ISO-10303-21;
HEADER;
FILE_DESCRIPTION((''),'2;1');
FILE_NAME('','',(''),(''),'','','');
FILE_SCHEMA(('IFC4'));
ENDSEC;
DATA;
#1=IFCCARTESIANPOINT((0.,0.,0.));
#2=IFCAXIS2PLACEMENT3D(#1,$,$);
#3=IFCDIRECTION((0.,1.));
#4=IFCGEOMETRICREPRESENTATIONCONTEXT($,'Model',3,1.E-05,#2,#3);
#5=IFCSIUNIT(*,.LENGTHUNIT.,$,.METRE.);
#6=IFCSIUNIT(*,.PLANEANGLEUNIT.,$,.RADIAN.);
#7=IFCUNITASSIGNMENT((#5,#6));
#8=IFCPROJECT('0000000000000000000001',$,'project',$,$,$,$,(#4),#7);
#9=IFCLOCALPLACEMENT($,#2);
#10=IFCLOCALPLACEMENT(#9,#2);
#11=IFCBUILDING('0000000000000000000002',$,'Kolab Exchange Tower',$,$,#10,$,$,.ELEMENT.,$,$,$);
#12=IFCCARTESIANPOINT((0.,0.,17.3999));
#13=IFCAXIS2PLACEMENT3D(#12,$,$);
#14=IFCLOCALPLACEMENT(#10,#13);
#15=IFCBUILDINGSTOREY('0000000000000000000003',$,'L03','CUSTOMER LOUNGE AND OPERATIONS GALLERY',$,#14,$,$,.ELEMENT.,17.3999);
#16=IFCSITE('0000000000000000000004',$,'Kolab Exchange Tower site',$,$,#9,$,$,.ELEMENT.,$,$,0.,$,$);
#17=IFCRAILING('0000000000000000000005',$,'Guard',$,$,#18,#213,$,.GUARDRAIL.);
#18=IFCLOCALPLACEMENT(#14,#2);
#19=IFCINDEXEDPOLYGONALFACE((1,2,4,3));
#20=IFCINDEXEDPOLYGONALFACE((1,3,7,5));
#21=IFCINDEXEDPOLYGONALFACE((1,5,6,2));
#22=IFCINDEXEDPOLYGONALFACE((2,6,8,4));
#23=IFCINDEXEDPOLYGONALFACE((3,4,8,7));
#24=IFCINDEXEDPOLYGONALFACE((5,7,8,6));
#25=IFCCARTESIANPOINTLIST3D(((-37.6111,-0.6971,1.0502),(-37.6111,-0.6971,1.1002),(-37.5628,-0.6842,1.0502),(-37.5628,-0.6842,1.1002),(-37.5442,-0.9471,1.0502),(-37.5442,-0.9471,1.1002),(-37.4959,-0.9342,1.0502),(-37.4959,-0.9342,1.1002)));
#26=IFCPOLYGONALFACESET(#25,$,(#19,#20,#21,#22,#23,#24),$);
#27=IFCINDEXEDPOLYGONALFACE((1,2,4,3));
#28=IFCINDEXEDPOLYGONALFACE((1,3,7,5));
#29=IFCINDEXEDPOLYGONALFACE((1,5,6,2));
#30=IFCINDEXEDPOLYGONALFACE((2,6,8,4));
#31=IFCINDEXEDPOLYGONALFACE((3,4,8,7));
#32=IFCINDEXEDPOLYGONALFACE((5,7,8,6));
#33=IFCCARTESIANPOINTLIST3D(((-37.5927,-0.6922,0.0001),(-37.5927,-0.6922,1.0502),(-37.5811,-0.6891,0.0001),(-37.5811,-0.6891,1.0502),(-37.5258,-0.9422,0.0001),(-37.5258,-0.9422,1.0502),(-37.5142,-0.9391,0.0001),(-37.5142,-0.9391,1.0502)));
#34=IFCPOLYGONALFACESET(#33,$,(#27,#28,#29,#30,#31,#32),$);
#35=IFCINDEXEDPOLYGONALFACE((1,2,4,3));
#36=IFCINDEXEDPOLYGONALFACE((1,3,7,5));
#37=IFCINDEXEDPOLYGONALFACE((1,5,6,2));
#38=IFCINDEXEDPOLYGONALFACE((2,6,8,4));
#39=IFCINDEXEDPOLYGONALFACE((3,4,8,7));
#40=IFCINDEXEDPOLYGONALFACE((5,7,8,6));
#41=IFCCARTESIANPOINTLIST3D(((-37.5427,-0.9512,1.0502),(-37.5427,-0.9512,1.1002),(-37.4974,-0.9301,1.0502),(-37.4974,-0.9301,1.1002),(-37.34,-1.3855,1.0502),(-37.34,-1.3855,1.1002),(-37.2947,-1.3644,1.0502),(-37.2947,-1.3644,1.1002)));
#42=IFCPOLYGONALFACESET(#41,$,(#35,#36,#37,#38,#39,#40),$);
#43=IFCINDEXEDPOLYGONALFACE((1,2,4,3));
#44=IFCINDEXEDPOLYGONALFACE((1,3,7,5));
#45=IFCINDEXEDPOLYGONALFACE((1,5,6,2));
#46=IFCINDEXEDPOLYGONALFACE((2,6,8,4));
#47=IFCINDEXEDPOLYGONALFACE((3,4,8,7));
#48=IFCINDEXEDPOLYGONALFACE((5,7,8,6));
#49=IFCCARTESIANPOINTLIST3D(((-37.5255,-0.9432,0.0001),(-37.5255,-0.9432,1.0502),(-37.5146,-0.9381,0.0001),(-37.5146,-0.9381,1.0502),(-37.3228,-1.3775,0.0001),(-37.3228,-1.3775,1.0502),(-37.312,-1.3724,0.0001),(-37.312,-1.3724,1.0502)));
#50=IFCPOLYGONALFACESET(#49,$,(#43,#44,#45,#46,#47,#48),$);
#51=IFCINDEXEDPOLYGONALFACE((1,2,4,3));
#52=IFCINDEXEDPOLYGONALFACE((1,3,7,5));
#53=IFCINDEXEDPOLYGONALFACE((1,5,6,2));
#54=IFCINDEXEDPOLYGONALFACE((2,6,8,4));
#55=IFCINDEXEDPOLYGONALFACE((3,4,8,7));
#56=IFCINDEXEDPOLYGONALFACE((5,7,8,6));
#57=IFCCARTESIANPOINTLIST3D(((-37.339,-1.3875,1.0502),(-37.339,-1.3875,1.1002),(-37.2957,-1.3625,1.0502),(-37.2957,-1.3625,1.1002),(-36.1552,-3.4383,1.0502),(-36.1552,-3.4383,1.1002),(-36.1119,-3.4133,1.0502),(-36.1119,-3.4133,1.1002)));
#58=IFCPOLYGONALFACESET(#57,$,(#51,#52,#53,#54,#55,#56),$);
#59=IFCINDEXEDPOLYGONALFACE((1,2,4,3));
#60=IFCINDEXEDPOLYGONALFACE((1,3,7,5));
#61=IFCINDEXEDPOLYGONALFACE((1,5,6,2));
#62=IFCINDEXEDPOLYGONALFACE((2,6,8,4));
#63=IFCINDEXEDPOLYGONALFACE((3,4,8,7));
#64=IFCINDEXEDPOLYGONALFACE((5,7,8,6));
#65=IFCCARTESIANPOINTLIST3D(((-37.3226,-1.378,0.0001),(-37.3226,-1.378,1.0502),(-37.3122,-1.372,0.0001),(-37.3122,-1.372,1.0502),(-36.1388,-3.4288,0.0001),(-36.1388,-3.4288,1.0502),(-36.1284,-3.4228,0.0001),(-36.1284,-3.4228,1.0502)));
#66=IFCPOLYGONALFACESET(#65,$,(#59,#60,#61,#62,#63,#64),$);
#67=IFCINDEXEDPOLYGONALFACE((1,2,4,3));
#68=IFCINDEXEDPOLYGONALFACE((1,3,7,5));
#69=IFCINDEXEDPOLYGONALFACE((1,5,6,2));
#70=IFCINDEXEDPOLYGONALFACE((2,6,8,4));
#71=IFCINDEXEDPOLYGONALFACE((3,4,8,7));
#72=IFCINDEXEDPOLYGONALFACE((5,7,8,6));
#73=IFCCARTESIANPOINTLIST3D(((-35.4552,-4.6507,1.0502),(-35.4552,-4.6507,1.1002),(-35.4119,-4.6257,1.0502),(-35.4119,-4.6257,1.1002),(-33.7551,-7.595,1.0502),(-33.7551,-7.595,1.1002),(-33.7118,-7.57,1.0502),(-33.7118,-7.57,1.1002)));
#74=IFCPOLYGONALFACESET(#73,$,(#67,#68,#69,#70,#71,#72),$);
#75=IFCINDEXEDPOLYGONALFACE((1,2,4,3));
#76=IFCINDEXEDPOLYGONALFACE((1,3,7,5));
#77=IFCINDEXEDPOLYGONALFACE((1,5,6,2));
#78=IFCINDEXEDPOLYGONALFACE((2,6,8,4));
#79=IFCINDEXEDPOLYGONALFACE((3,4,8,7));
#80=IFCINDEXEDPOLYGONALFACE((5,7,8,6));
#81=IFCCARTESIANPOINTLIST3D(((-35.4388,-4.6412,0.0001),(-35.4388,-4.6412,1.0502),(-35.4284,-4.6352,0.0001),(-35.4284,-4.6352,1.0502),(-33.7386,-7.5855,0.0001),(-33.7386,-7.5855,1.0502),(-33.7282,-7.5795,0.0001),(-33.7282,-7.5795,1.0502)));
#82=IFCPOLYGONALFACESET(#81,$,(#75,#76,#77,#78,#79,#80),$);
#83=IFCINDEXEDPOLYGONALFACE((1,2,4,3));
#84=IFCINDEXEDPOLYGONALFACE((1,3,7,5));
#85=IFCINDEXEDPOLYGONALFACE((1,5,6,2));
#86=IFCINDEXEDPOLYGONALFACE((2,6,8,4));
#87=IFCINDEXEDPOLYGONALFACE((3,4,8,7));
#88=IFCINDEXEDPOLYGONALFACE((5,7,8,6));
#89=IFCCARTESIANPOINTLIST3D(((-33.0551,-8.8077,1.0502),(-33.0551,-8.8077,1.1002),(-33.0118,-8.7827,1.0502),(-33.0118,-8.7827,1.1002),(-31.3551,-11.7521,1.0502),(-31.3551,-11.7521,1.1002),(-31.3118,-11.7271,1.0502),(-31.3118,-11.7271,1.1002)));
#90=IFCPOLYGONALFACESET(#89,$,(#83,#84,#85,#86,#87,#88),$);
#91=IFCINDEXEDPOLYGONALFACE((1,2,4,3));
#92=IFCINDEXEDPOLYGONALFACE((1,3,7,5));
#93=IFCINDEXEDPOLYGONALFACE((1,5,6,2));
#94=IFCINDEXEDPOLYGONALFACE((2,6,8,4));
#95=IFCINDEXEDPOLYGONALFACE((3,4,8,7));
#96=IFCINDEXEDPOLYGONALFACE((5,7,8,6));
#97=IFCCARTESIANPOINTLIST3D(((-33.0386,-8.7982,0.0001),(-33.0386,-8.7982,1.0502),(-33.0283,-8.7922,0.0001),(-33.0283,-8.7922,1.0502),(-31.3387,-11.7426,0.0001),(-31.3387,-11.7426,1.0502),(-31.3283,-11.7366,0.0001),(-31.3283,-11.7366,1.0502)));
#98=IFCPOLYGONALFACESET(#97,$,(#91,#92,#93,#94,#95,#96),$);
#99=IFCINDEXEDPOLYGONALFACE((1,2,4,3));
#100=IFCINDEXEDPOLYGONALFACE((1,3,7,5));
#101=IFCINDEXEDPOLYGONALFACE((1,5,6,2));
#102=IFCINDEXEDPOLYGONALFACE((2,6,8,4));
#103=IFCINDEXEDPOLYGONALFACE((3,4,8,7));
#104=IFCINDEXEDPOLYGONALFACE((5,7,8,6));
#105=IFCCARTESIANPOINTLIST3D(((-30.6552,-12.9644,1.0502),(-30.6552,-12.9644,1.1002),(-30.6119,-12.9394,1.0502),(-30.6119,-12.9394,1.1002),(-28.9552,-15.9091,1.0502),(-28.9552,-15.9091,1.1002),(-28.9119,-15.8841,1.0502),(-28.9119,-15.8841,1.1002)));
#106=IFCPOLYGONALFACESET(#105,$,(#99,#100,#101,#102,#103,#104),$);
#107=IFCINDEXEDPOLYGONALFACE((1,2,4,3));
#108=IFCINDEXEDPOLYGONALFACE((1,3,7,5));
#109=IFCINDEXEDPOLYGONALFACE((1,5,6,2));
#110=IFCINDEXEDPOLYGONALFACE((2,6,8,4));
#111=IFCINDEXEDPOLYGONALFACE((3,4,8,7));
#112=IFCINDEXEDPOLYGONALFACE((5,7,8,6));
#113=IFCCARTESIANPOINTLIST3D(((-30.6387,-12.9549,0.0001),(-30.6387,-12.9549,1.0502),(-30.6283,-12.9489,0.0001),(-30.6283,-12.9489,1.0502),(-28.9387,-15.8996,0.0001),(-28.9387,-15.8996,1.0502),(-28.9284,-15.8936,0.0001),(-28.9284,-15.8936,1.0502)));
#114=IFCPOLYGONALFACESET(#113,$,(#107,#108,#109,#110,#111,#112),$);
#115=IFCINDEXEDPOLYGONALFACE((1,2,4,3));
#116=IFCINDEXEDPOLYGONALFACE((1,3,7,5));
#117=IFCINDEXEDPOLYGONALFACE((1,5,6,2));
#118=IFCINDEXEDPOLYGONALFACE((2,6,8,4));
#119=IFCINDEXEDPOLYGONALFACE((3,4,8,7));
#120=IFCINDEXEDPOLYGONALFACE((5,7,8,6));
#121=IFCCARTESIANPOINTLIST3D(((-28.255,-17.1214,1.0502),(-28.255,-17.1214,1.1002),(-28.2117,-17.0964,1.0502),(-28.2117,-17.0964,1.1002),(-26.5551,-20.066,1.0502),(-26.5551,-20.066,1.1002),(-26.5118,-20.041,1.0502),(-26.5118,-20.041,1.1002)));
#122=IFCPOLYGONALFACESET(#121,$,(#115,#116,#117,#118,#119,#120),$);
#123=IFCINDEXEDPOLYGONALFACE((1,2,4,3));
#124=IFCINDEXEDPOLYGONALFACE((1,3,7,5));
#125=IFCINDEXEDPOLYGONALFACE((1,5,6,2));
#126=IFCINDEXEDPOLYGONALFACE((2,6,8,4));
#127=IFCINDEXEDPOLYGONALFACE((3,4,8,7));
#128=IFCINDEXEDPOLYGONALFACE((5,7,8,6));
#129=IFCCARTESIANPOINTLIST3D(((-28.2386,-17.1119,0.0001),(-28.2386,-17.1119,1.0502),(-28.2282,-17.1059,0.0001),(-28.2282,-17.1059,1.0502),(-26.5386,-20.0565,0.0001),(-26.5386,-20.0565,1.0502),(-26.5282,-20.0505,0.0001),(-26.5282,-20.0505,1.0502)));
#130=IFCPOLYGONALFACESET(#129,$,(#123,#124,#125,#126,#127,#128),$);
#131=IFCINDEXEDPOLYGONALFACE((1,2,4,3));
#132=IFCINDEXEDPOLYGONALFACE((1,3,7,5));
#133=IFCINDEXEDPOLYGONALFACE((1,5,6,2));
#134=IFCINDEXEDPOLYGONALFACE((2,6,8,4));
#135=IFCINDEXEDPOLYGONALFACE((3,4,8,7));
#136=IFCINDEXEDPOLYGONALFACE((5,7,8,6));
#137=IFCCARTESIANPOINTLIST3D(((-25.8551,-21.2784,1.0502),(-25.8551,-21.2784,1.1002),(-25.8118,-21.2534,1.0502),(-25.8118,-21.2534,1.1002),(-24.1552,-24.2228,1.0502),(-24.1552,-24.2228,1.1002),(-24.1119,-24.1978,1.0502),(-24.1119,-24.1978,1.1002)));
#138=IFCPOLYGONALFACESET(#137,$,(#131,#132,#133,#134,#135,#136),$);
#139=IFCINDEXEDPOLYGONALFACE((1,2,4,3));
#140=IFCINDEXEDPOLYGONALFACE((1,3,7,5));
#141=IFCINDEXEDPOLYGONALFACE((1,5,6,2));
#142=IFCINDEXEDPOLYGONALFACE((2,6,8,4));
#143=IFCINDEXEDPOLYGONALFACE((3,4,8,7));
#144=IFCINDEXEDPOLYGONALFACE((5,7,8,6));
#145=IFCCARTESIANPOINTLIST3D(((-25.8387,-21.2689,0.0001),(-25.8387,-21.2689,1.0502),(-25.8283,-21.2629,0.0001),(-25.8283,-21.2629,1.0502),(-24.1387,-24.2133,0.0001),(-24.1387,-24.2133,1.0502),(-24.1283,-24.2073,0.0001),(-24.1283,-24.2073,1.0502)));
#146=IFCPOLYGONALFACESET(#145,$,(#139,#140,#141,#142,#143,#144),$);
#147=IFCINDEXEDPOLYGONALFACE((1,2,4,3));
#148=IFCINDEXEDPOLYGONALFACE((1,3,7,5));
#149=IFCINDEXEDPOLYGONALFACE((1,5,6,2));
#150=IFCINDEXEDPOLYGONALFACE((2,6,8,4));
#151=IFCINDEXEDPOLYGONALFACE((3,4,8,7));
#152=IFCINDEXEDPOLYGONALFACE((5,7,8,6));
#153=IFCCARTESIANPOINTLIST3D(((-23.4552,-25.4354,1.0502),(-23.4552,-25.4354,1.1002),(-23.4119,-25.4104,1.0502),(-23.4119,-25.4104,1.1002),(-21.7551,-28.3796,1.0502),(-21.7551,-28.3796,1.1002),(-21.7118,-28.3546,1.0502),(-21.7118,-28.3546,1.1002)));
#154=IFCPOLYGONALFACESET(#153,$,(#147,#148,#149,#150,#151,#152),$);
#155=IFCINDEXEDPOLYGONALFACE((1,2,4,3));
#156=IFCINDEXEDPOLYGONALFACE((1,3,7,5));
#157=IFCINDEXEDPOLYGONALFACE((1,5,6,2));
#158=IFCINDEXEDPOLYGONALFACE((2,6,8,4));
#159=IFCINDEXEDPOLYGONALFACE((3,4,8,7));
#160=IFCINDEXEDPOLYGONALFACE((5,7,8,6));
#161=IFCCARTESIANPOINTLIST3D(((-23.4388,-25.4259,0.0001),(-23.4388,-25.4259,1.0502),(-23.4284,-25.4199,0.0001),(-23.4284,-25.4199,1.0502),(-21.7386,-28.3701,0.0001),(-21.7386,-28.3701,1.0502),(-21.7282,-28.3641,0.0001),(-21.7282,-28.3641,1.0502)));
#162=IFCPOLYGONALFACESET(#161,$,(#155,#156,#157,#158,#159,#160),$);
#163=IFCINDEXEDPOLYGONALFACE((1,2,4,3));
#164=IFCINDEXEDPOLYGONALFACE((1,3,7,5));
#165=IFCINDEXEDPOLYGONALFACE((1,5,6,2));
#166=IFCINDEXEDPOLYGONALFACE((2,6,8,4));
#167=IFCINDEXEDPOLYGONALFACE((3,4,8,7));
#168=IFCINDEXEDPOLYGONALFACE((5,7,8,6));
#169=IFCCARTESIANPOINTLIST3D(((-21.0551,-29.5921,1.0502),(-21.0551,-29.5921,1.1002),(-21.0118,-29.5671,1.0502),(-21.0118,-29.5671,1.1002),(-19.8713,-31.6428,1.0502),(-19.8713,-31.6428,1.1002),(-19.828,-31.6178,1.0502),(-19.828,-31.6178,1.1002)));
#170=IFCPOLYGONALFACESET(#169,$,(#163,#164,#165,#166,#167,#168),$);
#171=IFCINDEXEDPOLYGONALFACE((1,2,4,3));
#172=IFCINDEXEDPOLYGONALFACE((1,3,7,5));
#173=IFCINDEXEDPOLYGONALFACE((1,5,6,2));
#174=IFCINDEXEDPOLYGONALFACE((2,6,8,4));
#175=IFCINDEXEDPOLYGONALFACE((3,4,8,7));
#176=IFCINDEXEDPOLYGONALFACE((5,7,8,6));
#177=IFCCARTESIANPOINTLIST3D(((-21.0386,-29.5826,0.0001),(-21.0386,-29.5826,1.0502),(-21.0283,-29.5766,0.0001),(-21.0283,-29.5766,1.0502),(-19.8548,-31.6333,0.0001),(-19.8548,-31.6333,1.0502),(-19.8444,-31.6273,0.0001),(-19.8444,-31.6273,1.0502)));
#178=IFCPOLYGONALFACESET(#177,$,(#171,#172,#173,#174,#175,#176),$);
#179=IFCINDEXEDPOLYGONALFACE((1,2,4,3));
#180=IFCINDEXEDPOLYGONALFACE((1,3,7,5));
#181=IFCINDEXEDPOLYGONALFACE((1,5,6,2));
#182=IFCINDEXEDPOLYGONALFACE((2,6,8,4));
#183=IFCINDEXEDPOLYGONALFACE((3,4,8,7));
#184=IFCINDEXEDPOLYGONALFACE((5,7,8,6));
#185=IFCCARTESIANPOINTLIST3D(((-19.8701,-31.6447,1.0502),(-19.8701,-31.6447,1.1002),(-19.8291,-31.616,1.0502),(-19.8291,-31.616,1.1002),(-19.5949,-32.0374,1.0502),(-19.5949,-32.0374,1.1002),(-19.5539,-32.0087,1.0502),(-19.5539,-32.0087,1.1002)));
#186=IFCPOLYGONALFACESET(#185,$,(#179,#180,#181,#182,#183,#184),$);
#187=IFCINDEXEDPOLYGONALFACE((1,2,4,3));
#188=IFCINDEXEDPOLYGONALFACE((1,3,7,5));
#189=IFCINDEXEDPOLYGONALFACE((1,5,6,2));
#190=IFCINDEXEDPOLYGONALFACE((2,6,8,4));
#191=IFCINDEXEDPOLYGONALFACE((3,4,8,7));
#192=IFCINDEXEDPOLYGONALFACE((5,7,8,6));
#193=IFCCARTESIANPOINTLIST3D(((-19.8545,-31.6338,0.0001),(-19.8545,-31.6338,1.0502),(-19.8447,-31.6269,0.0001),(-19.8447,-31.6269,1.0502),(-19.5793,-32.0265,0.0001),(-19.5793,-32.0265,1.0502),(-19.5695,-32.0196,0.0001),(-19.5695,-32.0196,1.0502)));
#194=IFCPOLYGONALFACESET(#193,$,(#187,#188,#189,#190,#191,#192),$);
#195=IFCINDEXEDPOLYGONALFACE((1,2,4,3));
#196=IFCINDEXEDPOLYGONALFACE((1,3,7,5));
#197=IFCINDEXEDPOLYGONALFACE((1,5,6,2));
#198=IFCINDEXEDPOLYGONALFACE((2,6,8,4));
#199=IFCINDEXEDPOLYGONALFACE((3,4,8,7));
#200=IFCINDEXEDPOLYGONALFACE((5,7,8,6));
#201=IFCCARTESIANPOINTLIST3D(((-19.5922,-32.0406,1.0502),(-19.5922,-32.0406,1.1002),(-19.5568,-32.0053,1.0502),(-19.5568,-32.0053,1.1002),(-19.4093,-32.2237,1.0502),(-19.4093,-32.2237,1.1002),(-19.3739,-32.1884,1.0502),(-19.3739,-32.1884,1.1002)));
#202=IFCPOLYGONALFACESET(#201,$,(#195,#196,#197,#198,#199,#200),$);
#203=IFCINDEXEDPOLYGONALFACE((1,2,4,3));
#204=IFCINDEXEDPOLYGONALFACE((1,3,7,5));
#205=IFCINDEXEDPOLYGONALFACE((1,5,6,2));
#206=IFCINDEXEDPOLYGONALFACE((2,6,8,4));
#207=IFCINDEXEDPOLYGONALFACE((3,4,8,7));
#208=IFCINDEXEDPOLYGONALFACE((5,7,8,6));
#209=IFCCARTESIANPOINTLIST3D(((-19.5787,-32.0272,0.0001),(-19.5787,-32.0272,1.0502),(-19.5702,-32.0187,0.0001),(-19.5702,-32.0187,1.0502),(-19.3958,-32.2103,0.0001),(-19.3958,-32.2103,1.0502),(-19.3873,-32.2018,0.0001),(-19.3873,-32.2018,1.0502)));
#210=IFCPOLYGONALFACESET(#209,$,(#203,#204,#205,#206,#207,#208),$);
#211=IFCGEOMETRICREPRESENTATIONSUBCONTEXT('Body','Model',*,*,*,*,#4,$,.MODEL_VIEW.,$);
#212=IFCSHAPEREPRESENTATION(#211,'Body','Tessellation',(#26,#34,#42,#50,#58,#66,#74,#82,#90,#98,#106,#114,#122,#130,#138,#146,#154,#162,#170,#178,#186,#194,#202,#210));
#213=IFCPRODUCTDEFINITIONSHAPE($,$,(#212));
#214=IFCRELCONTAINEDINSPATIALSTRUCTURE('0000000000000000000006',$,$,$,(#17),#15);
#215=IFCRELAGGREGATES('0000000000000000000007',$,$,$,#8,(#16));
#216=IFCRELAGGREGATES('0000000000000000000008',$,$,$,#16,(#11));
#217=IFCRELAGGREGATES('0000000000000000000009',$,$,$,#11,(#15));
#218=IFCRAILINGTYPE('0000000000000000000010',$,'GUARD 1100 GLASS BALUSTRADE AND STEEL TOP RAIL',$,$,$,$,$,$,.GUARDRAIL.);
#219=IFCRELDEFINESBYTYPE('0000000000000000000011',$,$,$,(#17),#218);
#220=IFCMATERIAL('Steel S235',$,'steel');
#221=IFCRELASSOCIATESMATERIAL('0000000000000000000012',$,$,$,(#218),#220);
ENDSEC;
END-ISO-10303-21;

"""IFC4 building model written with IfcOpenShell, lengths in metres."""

from ifc_helpers import new_model, si_unit, direction, frame, frame_2d, origin, origin_2d, place, context, subcontext, project, spatial, rectangle, extrude, material, type_object, element, save


model = new_model("IFC4")

# Units and contexts
model_context = context("Model", 3, precision=1e-05, world=origin(), true_north=direction((0.0, 1.0)))
body_context = subcontext(model_context, "Body", "Model", "MODEL_VIEW")
ifc_project = project(units=[si_unit("LENGTHUNIT", "METRE"), si_unit("PLANEANGLEUNIT", "RADIAN")], contexts=[model_context])

# Site, building, storey
site_placement = place(None, origin())
site = spatial("IfcSite", under=ifc_project, at=site_placement, Name="Kolab Exchange Tower site", CompositionType="ELEMENT", RefElevation=0.0)
building_placement = place(site_placement, origin())
building = spatial("IfcBuilding", under=site, at=building_placement, Name="Kolab Exchange Tower", CompositionType="ELEMENT")
storey_placement = place(building_placement, frame((0.0, 0.0, 17.3999)))
storey = spatial("IfcBuildingStorey", under=building, at=storey_placement, Name="L03", Description="CUSTOMER LOUNGE AND OPERATIONS GALLERY", CompositionType="ELEMENT", Elevation=17.3999)

# Railing
ifc_material_1 = material(Name="Steel S235", Category="steel")
railing_type = type_object("IfcRailingType", Name="GUARD 1100 GLASS BALUSTRADE AND STEEL TOP RAIL", PredefinedType="GUARDRAIL", material=ifc_material_1)
railing_placement = place(storey_placement, frame((-37.5869, -0.6907, 0.0)))
element("IfcRailing", 1, at=railing_placement, inside=storey, type_object=railing_type, Name="Guard", PredefinedType="GUARDRAIL", context=body_context, shape_type="SweptSolid", body=[
    extrude(rectangle(XDim=0.05, YDim=0.05, at=origin_2d()), frame((0.0, 0.0, 1.0752), z_axis=(0.258485, -0.966015, 0.0), x_axis=(0.966015, 0.258485, 0.0)), (0.0, 0.0, 1.0), 0.2588),
    extrude(rectangle(XDim=0.012, YDim=1.0501, at=frame_2d((0.0, 0.5251))), frame((0.0, 0.0, 0.0), z_axis=(0.258485, -0.966015, 0.0), x_axis=(0.966015, 0.258485, 0.0)), (0.0, 0.0, 1.0), 0.2588),
    extrude(rectangle(XDim=0.05, YDim=0.05, at=origin_2d()), frame((0.0669, -0.25, 1.0752), z_axis=(0.422802, -0.906222, 0.0), x_axis=(0.906222, 0.422802, 0.0)), (0.0, 0.0, 1.0), 0.4792),
    extrude(rectangle(XDim=0.012, YDim=1.0501, at=frame_2d((0.0, 0.5251))), frame((0.0669, -0.25, 0.0), z_axis=(0.422802, -0.906222, 0.0), x_axis=(0.906222, 0.422802, 0.0)), (0.0, 0.0, 1.0), 0.4792),
    extrude(rectangle(XDim=0.05, YDim=0.05, at=origin_2d()), frame((0.2695, -0.6843, 1.0752), z_axis=(0.499943, -0.866059, 0.0), x_axis=(0.866059, 0.499943, 0.0)), (0.0, 0.0, 1.0), 2.3679),
    extrude(rectangle(XDim=0.012, YDim=1.0501, at=frame_2d((0.0, 0.5251))), frame((0.2695, -0.6843, 0.0), z_axis=(0.499943, -0.866059, 0.0), x_axis=(0.866059, 0.499943, 0.0)), (0.0, 0.0, 1.0), 2.3679),
    extrude(rectangle(XDim=0.05, YDim=0.05, at=origin_2d()), frame((2.1533, -3.9475, 1.0752), z_axis=(0.500062, -0.865989, 0.0), x_axis=(0.865989, 0.500062, 0.0)), (0.0, 0.0, 1.0), 3.3999),
    extrude(rectangle(XDim=0.012, YDim=1.0501, at=frame_2d((0.0, 0.5251))), frame((2.1533, -3.9475, 0.0), z_axis=(0.500062, -0.865989, 0.0), x_axis=(0.865989, 0.500062, 0.0)), (0.0, 0.0, 1.0), 3.3999),
    extrude(rectangle(XDim=0.05, YDim=0.05, at=origin_2d()), frame((4.5535, -8.1045, 1.0752), z_axis=(0.500008, -0.866021, 0.0), x_axis=(0.866021, 0.500008, 0.0)), (0.0, 0.0, 1.0), 3.3999),
    extrude(rectangle(XDim=0.012, YDim=1.0501, at=frame_2d((0.0, 0.5251))), frame((4.5535, -8.1045, 0.0), z_axis=(0.500008, -0.866021, 0.0), x_axis=(0.866021, 0.500008, 0.0)), (0.0, 0.0, 1.0), 3.3999),
    extrude(rectangle(XDim=0.05, YDim=0.05, at=origin_2d()), frame((6.9534, -12.2612, 1.0752), z_axis=(0.499977, -0.866039, 0.0), x_axis=(0.866039, 0.499977, 0.0)), (0.0, 0.0, 1.0), 3.4001),
    extrude(rectangle(XDim=0.012, YDim=1.0501, at=frame_2d((0.0, 0.5251))), frame((6.9534, -12.2612, 0.0), z_axis=(0.499977, -0.866039, 0.0), x_axis=(0.866039, 0.499977, 0.0)), (0.0, 0.0, 1.0), 3.4001),
    extrude(rectangle(XDim=0.05, YDim=0.05, at=origin_2d()), frame((9.3535, -16.4182, 1.0752), z_axis=(0.499977, -0.866039, 0.0), x_axis=(0.866039, 0.499977, 0.0)), (0.0, 0.0, 1.0), 3.4001),
    extrude(rectangle(XDim=0.012, YDim=1.0501, at=frame_2d((0.0, 0.5251))), frame((9.3535, -16.4182, 0.0), z_axis=(0.499977, -0.866039, 0.0), x_axis=(0.866039, 0.499977, 0.0)), (0.0, 0.0, 1.0), 3.4001),
    extrude(rectangle(XDim=0.05, YDim=0.05, at=origin_2d()), frame((11.7534, -20.5752, 1.0752), z_axis=(0.500008, -0.866021, 0.0), x_axis=(0.866021, 0.500008, 0.0)), (0.0, 0.0, 1.0), 3.3999),
    extrude(rectangle(XDim=0.012, YDim=1.0501, at=frame_2d((0.0, 0.5251))), frame((11.7534, -20.5752, 0.0), z_axis=(0.500008, -0.866021, 0.0), x_axis=(0.866021, 0.500008, 0.0)), (0.0, 0.0, 1.0), 3.3999),
    extrude(rectangle(XDim=0.05, YDim=0.05, at=origin_2d()), frame((14.1533, -24.7322, 1.0752), z_axis=(0.500062, -0.865989, 0.0), x_axis=(0.865989, 0.500062, 0.0)), (0.0, 0.0, 1.0), 3.3999),
    extrude(rectangle(XDim=0.012, YDim=1.0501, at=frame_2d((0.0, 0.5251))), frame((14.1533, -24.7322, 0.0), z_axis=(0.500062, -0.865989, 0.0), x_axis=(0.865989, 0.500062, 0.0)), (0.0, 0.0, 1.0), 3.3999),
    extrude(rectangle(XDim=0.05, YDim=0.05, at=origin_2d()), frame((16.5535, -28.8889, 1.0752), z_axis=(0.499943, -0.866059, 0.0), x_axis=(0.866059, 0.499943, 0.0)), (0.0, 0.0, 1.0), 2.3679),
    extrude(rectangle(XDim=0.012, YDim=1.0501, at=frame_2d((0.0, 0.5251))), frame((16.5535, -28.8889, 0.0), z_axis=(0.499943, -0.866059, 0.0), x_axis=(0.866059, 0.499943, 0.0)), (0.0, 0.0, 1.0), 2.3679),
    extrude(rectangle(XDim=0.05, YDim=0.05, at=origin_2d()), frame((17.7373, -30.9397, 1.0752), z_axis=(0.573941, -0.818897, 0.0), x_axis=(0.818897, 0.573941, 0.0)), (0.0, 0.0, 1.0), 0.4795),
    extrude(rectangle(XDim=0.012, YDim=1.0501, at=frame_2d((0.0, 0.5251))), frame((17.7373, -30.9397, 0.0), z_axis=(0.573941, -0.818897, 0.0), x_axis=(0.818897, 0.573941, 0.0)), (0.0, 0.0, 1.0), 0.4795),
    extrude(rectangle(XDim=0.05, YDim=0.05, at=origin_2d()), frame((18.0125, -31.3323, 1.0752), z_axis=(0.706635, -0.707578, 0.0), x_axis=(0.707578, 0.706635, 0.0)), (0.0, 0.0, 1.0), 0.2588),
    extrude(rectangle(XDim=0.012, YDim=1.0501, at=frame_2d((0.0, 0.5251))), frame((18.0125, -31.3323, 0.0), z_axis=(0.706635, -0.707578, 0.0), x_axis=(0.707578, 0.706635, 0.0)), (0.0, 0.0, 1.0), 0.2588),
])

save(model, "model.ifc")
